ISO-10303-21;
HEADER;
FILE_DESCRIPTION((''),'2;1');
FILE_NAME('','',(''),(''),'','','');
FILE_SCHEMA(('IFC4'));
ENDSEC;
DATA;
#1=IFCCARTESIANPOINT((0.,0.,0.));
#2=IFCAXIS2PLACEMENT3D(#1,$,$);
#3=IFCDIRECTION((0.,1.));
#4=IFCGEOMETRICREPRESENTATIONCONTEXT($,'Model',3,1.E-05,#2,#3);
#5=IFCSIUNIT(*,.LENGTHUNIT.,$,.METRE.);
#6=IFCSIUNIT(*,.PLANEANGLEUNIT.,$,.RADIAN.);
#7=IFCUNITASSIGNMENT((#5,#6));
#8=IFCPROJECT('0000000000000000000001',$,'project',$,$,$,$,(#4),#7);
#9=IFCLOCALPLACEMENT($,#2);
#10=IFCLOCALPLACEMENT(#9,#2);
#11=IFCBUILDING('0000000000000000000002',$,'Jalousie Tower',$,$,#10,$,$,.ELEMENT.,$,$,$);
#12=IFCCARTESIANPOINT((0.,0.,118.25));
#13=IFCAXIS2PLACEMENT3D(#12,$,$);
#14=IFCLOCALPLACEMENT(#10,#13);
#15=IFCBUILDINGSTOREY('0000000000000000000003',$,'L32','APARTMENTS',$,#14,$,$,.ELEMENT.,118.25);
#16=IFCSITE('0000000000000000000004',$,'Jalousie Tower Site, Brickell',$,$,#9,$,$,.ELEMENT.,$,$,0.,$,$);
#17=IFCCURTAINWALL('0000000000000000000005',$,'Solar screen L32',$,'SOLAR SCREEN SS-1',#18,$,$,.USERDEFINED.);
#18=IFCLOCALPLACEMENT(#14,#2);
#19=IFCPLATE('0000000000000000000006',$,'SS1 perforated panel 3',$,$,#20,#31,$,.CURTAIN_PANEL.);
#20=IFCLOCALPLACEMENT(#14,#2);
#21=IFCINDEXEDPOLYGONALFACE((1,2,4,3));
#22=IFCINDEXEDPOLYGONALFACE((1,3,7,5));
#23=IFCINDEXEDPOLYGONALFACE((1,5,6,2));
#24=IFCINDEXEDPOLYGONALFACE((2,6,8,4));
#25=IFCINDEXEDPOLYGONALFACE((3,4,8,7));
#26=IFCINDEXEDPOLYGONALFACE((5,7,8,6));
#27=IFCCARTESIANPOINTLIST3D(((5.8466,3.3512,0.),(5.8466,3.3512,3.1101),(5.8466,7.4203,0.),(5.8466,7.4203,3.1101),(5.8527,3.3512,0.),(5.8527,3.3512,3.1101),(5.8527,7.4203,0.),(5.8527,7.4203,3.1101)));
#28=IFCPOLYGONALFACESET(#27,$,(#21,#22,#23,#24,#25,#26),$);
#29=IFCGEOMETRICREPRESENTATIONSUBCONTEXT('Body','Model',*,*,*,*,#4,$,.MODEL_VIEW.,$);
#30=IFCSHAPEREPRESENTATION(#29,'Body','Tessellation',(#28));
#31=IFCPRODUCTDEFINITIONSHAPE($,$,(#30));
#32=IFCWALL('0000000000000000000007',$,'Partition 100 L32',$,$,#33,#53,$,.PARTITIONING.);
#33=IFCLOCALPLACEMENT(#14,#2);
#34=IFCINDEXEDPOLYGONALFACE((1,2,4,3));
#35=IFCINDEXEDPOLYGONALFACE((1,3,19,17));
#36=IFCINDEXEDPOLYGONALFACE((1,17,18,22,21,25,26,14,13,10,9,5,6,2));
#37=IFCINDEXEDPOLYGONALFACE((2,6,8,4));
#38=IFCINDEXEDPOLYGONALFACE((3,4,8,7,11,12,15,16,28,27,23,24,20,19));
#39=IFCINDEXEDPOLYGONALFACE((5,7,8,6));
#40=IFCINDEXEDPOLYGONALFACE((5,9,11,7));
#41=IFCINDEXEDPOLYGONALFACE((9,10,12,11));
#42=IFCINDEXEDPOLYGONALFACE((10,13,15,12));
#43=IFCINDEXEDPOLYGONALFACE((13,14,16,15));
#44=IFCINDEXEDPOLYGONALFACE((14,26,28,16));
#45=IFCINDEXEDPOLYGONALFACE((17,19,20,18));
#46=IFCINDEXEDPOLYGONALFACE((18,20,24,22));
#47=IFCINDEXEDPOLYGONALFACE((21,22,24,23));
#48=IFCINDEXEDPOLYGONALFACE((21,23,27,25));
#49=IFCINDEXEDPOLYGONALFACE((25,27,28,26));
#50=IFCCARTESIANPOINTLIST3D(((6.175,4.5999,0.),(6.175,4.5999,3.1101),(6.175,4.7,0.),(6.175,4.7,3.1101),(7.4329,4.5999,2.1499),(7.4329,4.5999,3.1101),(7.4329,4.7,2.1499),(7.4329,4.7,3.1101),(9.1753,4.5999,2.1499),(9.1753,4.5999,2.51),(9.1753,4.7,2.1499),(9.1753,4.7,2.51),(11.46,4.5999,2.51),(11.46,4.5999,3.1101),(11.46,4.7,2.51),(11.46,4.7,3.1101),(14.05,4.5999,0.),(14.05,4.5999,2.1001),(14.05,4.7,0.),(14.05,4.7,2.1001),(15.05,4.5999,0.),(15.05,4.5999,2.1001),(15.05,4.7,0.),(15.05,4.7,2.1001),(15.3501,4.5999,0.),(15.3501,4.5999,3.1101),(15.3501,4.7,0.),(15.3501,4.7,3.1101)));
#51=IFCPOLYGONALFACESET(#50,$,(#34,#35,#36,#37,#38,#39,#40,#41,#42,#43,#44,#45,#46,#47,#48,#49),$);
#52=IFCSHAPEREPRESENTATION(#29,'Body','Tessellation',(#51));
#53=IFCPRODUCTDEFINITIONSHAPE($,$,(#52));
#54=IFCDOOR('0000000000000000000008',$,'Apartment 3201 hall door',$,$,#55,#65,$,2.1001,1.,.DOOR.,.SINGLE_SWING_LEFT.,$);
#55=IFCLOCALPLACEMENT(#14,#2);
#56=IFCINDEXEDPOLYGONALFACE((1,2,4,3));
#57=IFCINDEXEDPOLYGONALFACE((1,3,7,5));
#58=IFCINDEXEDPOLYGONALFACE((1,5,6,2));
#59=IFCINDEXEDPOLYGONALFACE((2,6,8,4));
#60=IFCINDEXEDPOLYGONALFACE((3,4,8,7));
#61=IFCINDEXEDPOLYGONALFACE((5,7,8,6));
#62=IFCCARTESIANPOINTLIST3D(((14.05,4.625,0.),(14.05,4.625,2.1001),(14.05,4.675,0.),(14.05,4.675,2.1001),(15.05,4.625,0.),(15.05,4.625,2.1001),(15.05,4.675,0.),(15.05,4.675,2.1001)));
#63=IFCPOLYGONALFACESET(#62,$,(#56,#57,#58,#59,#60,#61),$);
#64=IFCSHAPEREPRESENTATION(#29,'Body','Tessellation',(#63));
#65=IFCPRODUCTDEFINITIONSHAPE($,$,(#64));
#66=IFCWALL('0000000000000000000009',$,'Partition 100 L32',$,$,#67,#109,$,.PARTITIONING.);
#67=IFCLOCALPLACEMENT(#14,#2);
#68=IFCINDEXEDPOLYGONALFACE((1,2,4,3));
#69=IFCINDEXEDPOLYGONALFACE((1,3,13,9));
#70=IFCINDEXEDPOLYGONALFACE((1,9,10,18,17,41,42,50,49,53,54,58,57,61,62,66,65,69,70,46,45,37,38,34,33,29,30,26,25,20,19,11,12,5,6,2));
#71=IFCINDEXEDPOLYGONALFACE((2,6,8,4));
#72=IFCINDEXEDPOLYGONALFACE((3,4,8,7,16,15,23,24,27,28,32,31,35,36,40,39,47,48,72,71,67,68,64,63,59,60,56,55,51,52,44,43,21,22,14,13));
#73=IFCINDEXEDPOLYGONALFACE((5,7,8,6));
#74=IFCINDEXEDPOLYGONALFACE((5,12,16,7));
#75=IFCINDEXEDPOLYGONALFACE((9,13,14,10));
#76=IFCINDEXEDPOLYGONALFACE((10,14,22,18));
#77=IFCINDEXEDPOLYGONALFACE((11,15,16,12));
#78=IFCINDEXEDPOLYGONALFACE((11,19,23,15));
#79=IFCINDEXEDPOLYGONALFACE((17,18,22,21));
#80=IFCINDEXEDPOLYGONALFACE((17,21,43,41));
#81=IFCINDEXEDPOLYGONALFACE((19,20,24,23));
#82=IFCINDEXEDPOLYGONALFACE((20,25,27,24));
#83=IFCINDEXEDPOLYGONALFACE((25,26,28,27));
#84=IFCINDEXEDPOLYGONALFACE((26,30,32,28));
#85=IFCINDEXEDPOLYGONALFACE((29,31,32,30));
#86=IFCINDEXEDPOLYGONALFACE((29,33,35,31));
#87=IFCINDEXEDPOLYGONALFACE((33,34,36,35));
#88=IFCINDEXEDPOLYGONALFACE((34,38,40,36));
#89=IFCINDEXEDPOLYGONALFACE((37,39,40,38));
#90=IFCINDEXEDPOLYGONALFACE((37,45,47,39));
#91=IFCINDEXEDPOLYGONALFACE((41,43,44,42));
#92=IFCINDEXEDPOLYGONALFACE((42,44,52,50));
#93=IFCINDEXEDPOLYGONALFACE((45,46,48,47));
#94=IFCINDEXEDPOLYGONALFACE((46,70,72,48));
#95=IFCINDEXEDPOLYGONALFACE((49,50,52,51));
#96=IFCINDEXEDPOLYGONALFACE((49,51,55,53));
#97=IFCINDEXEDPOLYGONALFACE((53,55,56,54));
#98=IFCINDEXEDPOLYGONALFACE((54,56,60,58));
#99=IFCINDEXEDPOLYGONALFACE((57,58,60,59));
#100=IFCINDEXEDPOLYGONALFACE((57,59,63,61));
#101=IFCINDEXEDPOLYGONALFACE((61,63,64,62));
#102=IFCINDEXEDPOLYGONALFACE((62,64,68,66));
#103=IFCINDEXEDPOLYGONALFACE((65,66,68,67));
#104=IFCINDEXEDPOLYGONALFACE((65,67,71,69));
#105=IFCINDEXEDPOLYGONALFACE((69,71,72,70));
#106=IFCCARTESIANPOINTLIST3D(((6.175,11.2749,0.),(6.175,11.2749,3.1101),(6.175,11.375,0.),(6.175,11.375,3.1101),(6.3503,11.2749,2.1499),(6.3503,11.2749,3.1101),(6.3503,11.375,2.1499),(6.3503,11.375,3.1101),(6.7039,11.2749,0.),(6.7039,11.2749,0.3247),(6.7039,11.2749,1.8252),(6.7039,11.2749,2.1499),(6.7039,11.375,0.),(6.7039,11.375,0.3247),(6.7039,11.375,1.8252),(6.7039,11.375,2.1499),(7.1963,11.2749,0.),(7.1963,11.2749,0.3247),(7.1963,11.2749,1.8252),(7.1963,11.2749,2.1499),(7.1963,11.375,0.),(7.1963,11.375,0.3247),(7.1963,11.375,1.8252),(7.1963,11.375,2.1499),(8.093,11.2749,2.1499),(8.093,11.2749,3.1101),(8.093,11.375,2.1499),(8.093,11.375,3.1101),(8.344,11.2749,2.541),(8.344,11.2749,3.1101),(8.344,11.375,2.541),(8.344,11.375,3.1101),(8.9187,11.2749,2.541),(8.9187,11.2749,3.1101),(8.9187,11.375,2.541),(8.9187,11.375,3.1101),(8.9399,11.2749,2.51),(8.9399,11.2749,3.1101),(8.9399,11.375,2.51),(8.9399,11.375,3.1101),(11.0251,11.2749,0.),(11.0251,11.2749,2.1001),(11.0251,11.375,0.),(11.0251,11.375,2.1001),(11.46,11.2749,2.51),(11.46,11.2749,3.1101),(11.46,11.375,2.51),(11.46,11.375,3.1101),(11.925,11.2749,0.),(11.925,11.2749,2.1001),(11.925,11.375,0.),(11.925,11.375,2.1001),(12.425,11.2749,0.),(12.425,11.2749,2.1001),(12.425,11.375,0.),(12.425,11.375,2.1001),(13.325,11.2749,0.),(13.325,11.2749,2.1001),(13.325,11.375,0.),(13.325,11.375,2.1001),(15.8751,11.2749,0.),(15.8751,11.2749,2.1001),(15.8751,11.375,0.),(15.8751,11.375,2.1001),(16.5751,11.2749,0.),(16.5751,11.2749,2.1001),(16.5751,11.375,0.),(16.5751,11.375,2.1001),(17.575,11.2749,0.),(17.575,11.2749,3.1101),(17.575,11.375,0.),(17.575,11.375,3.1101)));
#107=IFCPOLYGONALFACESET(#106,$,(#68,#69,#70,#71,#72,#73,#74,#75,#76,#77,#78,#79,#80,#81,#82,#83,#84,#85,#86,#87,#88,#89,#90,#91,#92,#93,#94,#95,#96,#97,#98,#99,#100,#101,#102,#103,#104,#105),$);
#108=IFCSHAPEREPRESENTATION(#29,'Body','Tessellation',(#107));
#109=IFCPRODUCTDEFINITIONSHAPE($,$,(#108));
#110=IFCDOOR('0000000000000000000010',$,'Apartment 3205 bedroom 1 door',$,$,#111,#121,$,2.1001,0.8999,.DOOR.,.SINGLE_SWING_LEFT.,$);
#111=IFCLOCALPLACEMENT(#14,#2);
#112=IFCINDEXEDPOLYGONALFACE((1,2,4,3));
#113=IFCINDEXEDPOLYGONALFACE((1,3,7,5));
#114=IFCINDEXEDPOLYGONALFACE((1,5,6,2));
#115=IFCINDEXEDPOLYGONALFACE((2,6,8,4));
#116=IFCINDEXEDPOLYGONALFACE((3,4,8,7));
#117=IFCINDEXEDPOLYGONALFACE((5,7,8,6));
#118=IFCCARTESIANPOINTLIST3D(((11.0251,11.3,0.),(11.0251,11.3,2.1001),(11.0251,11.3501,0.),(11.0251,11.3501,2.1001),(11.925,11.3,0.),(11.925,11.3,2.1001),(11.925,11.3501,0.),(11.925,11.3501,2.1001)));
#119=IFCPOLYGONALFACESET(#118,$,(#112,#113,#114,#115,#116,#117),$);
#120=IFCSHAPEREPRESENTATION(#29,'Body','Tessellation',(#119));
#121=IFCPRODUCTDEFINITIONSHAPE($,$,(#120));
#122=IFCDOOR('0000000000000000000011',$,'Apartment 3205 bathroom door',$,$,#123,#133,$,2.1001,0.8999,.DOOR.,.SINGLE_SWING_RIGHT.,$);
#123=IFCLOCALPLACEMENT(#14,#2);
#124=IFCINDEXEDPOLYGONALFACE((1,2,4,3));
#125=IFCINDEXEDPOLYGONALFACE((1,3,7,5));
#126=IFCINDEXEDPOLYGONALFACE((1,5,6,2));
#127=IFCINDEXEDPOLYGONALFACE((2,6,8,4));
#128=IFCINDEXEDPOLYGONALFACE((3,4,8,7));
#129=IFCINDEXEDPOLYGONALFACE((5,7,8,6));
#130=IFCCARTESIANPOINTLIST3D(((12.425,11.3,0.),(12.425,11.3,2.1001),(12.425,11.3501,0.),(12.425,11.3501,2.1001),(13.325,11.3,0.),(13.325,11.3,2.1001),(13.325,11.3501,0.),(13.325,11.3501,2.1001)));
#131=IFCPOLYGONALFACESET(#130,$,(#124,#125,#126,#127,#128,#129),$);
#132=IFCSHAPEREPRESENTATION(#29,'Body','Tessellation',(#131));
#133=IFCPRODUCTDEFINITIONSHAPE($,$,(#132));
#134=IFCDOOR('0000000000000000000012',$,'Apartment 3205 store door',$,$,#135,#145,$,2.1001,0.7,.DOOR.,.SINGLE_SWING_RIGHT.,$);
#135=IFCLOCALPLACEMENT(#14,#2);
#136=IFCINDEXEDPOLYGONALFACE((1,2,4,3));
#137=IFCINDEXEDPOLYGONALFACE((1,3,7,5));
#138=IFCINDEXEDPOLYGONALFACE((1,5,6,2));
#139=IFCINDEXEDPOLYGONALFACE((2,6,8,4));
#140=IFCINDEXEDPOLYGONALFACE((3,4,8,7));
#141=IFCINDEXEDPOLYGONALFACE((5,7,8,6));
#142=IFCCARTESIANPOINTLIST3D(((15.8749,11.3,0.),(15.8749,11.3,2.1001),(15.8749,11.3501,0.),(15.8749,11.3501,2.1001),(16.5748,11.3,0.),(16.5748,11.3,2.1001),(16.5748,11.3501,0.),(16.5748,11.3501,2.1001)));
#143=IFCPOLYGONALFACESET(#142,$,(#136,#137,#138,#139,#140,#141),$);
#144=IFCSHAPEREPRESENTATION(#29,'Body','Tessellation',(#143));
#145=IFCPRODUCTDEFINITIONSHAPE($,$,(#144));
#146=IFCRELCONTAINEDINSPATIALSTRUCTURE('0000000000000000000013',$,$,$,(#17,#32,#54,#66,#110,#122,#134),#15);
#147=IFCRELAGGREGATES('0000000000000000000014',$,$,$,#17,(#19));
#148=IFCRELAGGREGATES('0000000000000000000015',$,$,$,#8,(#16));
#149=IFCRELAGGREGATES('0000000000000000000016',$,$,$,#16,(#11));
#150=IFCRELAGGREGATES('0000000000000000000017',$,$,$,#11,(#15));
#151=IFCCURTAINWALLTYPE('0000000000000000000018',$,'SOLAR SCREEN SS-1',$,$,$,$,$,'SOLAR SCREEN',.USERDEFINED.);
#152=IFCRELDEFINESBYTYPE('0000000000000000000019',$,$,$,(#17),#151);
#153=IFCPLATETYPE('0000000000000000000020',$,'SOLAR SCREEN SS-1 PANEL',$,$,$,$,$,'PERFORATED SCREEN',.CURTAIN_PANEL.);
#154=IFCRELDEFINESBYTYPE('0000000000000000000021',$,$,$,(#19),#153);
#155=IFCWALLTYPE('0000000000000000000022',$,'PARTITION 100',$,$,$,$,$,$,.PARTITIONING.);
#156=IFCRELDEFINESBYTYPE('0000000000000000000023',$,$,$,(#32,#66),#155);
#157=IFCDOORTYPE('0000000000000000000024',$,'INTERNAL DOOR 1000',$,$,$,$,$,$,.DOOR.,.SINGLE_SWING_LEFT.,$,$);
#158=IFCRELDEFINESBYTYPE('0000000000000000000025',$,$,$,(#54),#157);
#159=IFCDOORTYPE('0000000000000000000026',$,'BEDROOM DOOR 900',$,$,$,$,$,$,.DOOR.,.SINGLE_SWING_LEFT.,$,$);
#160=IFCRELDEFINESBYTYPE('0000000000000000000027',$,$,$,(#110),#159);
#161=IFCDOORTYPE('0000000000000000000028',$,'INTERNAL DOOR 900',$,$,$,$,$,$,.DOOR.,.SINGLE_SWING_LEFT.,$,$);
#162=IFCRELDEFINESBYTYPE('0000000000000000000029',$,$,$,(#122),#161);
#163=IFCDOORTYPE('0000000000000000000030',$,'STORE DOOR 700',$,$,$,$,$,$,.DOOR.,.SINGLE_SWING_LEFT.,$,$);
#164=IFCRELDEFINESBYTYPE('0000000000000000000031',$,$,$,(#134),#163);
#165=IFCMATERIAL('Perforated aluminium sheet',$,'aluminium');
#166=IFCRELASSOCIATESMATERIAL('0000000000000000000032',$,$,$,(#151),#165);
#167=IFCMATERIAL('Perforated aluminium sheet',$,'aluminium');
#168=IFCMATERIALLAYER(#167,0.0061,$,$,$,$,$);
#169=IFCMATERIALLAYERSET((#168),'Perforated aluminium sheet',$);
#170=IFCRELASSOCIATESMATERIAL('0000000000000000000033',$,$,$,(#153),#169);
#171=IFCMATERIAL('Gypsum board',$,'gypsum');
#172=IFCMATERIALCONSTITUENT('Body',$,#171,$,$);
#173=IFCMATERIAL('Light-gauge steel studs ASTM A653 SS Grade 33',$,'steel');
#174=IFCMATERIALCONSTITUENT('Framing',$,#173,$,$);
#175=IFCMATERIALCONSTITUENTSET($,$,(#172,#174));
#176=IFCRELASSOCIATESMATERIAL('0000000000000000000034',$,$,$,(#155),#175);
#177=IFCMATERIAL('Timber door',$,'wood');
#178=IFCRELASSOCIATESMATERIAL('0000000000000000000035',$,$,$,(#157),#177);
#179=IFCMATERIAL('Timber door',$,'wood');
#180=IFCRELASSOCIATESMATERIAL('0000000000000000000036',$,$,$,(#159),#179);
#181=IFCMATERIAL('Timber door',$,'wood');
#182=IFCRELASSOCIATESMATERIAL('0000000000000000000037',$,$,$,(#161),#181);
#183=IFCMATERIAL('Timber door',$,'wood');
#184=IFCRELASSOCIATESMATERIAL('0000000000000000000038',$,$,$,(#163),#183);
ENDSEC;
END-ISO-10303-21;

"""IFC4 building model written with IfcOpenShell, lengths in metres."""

from ifc_helpers import new_model, si_unit, direction, frame, frame_2d, origin, origin_2d, place, context, subcontext, project, spatial, polyline, rectangle, outline, extrude, material, layer, layer_set, constituent, constituent_set, type_object, element, fill, aggregate, save


model = new_model("IFC4")

# Units and contexts
model_context = context("Model", 3, precision=1e-05, world=origin(), true_north=direction((0.0, 1.0)))
body_context = subcontext(model_context, "Body", "Model", "MODEL_VIEW")
ifc_project = project(units=[si_unit("LENGTHUNIT", "METRE"), si_unit("PLANEANGLEUNIT", "RADIAN")], contexts=[model_context])

# Site, building, storey
site_placement = place(None, origin())
site = spatial("IfcSite", under=ifc_project, at=site_placement, Name="Jalousie Tower Site, Brickell", CompositionType="ELEMENT", RefElevation=0.0)
building_placement = place(site_placement, origin())
building = spatial("IfcBuilding", under=site, at=building_placement, Name="Jalousie Tower", CompositionType="ELEMENT")
storey_placement = place(building_placement, frame((0.0, 0.0, 118.25)))
storey = spatial("IfcBuildingStorey", under=building, at=storey_placement, Name="L32", Description="APARTMENTS", CompositionType="ELEMENT", Elevation=118.25)

# Curtain wall, plate
ifc_material_1 = material(Name="Perforated aluminium sheet", Category="aluminium")
curtain_wall_type_1 = type_object("IfcCurtainWallType", Name="SOLAR SCREEN SS-1", ElementType="SOLAR SCREEN", PredefinedType="USERDEFINED", material=ifc_material_1)
curtain_wall_1_placement = place(storey_placement, origin())
curtain_wall_1 = element("IfcCurtainWall", 1, at=curtain_wall_1_placement, inside=storey, type_object=curtain_wall_type_1, Name="Solar screen L32", ObjectType="SOLAR SCREEN SS-1", PredefinedType="USERDEFINED")
ifc_material_2 = material(Name="Perforated aluminium sheet", Category="aluminium")
ifc_layer_1 = layer(ifc_material_2, 0.0061)
ifc_layer_set_1 = layer_set([ifc_layer_1], Name="Perforated aluminium sheet")
plate_type = type_object("IfcPlateType", Name="SOLAR SCREEN SS-1 PANEL", ElementType="PERFORATED SCREEN", PredefinedType="CURTAIN_PANEL", material=ifc_layer_set_1)
plate_1_placement = place(storey_placement, frame((5.8496, 5.3857, 0.0), z_axis=(0.0, 0.0, 1.0), x_axis=(0.0, -1.0, 0.0)))
plate_1 = element("IfcPlate", 2, at=plate_1_placement, type_object=plate_type, Name="SS1 perforated panel 3", PredefinedType="CURTAIN_PANEL", context=body_context, shape_type="SweptSolid", body=[
    extrude(rectangle(XDim=4.0691, YDim=0.0061, at=origin_2d()), origin(), (0.0, 0.0, 1.0), 3.1101),
])
aggregate(curtain_wall_1, [plate_1])

# Wall, opening, door
ifc_material_3 = material(Name="Gypsum board", Category="gypsum")
ifc_constituent_1 = constituent(ifc_material_3, Name="Body")
ifc_material_4 = material(Name="Light-gauge steel studs ASTM A653 SS Grade 33", Category="steel")
ifc_constituent_2 = constituent(ifc_material_4, Name="Framing")
ifc_constituent_set_1 = constituent_set(constituents=[ifc_constituent_1, ifc_constituent_2])
wall_type_1 = type_object("IfcWallType", Name="PARTITION 100", PredefinedType="PARTITIONING", material=ifc_constituent_set_1)
wall_1_placement = place(storey_placement, frame((6.175, 4.6499, 0.0), z_axis=(0.0, 0.0, 1.0), x_axis=(1.0, 0.0, 0.0)))
wall_1 = element("IfcWall", 3, at=wall_1_placement, inside=storey, type_object=wall_type_1, Name="Partition 100 L32", PredefinedType="PARTITIONING", context=body_context, shape_type="SweptSolid", body=[
    extrude(outline(polyline([(0.0, 0.0), (9.175, 0.0), (9.175, 3.1101), (5.2849, 3.1101), (5.2849, 2.51), (3.0002, 2.51), (3.0002, 2.1499), (1.2578, 2.1499), (1.2578, 3.1101), (0.0, 3.1101), (0.0, 0.0)])), frame((0.0, 0.05, 0.0), z_axis=(0.0, -1.0, 0.0), x_axis=(1.0, 0.0, 0.0)), (0.0, 0.0, 1.0), 0.1001),
])
opening_1_placement = place(wall_1_placement, frame((7.875, 0.0, 0.0)))
opening_1 = element("IfcOpeningElement", 4, at=opening_1_placement, cuts=wall_1, PredefinedType="OPENING", context=body_context, shape_type="SweptSolid", body=[
    extrude(rectangle(XDim=1.0, YDim=2.1001, at=frame_2d((0.5, 1.05))), frame((0.0, 0.0601, 0.0), z_axis=(0.0, -1.0, 0.0), x_axis=(1.0, 0.0, 0.0)), (0.0, 0.0, 1.0), 0.1201),
])
ifc_material_5 = material(Name="Timber door", Category="wood")
door_type_1 = type_object("IfcDoorType", Name="INTERNAL DOOR 1000", OperationType="SINGLE_SWING_LEFT", PredefinedType="DOOR", material=ifc_material_5)
door_1_placement = place(opening_1_placement, frame((1.0, 0.0, 0.0), z_axis=(0.0, 0.0, 1.0), x_axis=(-1.0, 0.0, 0.0)))
door_1 = element("IfcDoor", 5, at=door_1_placement, inside=storey, type_object=door_type_1, Name="Apartment 3201 hall door", OperationType="SINGLE_SWING_LEFT", OverallHeight=2.1001, OverallWidth=1.0, PredefinedType="DOOR", context=body_context, shape_type="SweptSolid", body=[
    extrude(rectangle(XDim=1.0, YDim=2.1001, at=frame_2d((0.5, 1.05))), frame((0.0, 0.0249, 0.0), z_axis=(0.0, -1.0, 0.0), x_axis=(1.0, 0.0, 0.0)), (0.0, 0.0, 1.0), 0.05),
])
fill(opening_1, door_1)

# Wall, openings, doors
wall_2_placement = place(storey_placement, frame((6.175, 11.325, 0.0), z_axis=(0.0, 0.0, 1.0), x_axis=(1.0, 0.0, 0.0)))
wall_2 = element("IfcWall", 6, at=wall_2_placement, inside=storey, type_object=wall_type_1, Name="Partition 100 L32", PredefinedType="PARTITIONING", context=body_context, shape_type="SweptSolid", body=[
    extrude(outline(polyline([(0.1753, 3.1101), (0.0, 3.1101), (0.0, 0.0), (0.5288, 0.0), (0.5288, 0.3247), (1.0212, 0.3247), (1.0212, 0.0), (11.3999, 0.0), (11.3999, 3.1101), (5.2849, 3.1101), (5.2849, 2.51), (2.7649, 2.51), (2.7649, 3.1101), (2.7437, 3.1101), (2.7437, 2.541), (2.1689, 2.541), (2.1689, 3.1101), (1.918, 3.1101), (1.918, 2.1499), (1.0212, 2.1499), (1.0212, 1.8252), (0.5288, 1.8252), (0.5288, 2.1499), (0.1753, 2.1499), (0.1753, 3.1101)])), frame((0.0, 0.05, 0.0), z_axis=(0.0, -1.0, 0.0), x_axis=(1.0, 0.0, 0.0)), (0.0, 0.0, 1.0), 0.1001),
])
opening_2_placement = place(wall_2_placement, frame((4.8501, 0.0, 0.0)))
opening_2 = element("IfcOpeningElement", 7, at=opening_2_placement, cuts=wall_2, PredefinedType="OPENING", context=body_context, shape_type="SweptSolid", body=[
    extrude(rectangle(XDim=0.8999, YDim=2.1001, at=frame_2d((0.45, 1.05))), frame((0.0, 0.0601, 0.0), z_axis=(0.0, -1.0, 0.0), x_axis=(1.0, 0.0, 0.0)), (0.0, 0.0, 1.0), 0.1201),
])
opening_3_placement = place(wall_2_placement, frame((6.25, 0.0, 0.0)))
opening_3 = element("IfcOpeningElement", 8, at=opening_3_placement, cuts=wall_2, PredefinedType="OPENING", context=body_context, shape_type="SweptSolid", body=[
    extrude(rectangle(XDim=0.8999, YDim=2.1001, at=frame_2d((0.45, 1.05))), frame((0.0, 0.0601, 0.0), z_axis=(0.0, -1.0, 0.0), x_axis=(1.0, 0.0, 0.0)), (0.0, 0.0, 1.0), 0.1201),
])
opening_4_placement = place(wall_2_placement, frame((9.7, 0.0, 0.0)))
opening_4 = element("IfcOpeningElement", 9, at=opening_4_placement, cuts=wall_2, PredefinedType="OPENING", context=body_context, shape_type="SweptSolid", body=[
    extrude(rectangle(XDim=0.7, YDim=2.1001, at=frame_2d((0.3501, 1.05))), frame((0.0, 0.0601, 0.0), z_axis=(0.0, -1.0, 0.0), x_axis=(1.0, 0.0, 0.0)), (0.0, 0.0, 1.0), 0.1201),
])
ifc_material_6 = material(Name="Timber door", Category="wood")
door_type_2 = type_object("IfcDoorType", Name="BEDROOM DOOR 900", OperationType="SINGLE_SWING_LEFT", PredefinedType="DOOR", material=ifc_material_6)
door_2_placement = place(opening_2_placement, frame((0.8999, 0.0, 0.0), z_axis=(0.0, 0.0, 1.0), x_axis=(-1.0, 0.0, 0.0)))
door_2 = element("IfcDoor", 10, at=door_2_placement, inside=storey, type_object=door_type_2, Name="Apartment 3205 bedroom 1 door", OperationType="SINGLE_SWING_LEFT", OverallHeight=2.1001, OverallWidth=0.8999, PredefinedType="DOOR", context=body_context, shape_type="SweptSolid", body=[
    extrude(rectangle(XDim=0.8999, YDim=2.1001, at=frame_2d((0.45, 1.05))), frame((0.0, 0.0249, 0.0), z_axis=(0.0, -1.0, 0.0), x_axis=(1.0, 0.0, 0.0)), (0.0, 0.0, 1.0), 0.05),
])
fill(opening_2, door_2)
ifc_material_7 = material(Name="Timber door", Category="wood")
door_type_3 = type_object("IfcDoorType", Name="INTERNAL DOOR 900", OperationType="SINGLE_SWING_LEFT", PredefinedType="DOOR", material=ifc_material_7)
door_3_placement = place(opening_3_placement, frame((0.8999, 0.0, 0.0), z_axis=(0.0, 0.0, 1.0), x_axis=(-1.0, 0.0, 0.0)))
door_3 = element("IfcDoor", 11, at=door_3_placement, inside=storey, type_object=door_type_3, Name="Apartment 3205 bathroom door", OperationType="SINGLE_SWING_RIGHT", OverallHeight=2.1001, OverallWidth=0.8999, PredefinedType="DOOR", context=body_context, shape_type="SweptSolid", body=[
    extrude(rectangle(XDim=0.8999, YDim=2.1001, at=frame_2d((0.45, 1.05))), frame((0.0, 0.0249, 0.0), z_axis=(0.0, -1.0, 0.0), x_axis=(1.0, 0.0, 0.0)), (0.0, 0.0, 1.0), 0.05),
])
fill(opening_3, door_3)
ifc_material_8 = material(Name="Timber door", Category="wood")
door_type_4 = type_object("IfcDoorType", Name="STORE DOOR 700", OperationType="SINGLE_SWING_LEFT", PredefinedType="DOOR", material=ifc_material_8)
door_4_placement = place(opening_4_placement, frame((0.7, 0.0, 0.0), z_axis=(0.0, 0.0, 1.0), x_axis=(-1.0, 0.0, 0.0)))
door_4 = element("IfcDoor", 12, at=door_4_placement, inside=storey, type_object=door_type_4, Name="Apartment 3205 store door", OperationType="SINGLE_SWING_RIGHT", OverallHeight=2.1001, OverallWidth=0.7, PredefinedType="DOOR", context=body_context, shape_type="SweptSolid", body=[
    extrude(rectangle(XDim=0.7, YDim=2.1001, at=frame_2d((0.3501, 1.05))), frame((0.0, 0.0249, 0.0), z_axis=(0.0, -1.0, 0.0), x_axis=(1.0, 0.0, 0.0)), (0.0, 0.0, 1.0), 0.05),
])
fill(opening_4, door_4)

save(model, "model.ifc")
